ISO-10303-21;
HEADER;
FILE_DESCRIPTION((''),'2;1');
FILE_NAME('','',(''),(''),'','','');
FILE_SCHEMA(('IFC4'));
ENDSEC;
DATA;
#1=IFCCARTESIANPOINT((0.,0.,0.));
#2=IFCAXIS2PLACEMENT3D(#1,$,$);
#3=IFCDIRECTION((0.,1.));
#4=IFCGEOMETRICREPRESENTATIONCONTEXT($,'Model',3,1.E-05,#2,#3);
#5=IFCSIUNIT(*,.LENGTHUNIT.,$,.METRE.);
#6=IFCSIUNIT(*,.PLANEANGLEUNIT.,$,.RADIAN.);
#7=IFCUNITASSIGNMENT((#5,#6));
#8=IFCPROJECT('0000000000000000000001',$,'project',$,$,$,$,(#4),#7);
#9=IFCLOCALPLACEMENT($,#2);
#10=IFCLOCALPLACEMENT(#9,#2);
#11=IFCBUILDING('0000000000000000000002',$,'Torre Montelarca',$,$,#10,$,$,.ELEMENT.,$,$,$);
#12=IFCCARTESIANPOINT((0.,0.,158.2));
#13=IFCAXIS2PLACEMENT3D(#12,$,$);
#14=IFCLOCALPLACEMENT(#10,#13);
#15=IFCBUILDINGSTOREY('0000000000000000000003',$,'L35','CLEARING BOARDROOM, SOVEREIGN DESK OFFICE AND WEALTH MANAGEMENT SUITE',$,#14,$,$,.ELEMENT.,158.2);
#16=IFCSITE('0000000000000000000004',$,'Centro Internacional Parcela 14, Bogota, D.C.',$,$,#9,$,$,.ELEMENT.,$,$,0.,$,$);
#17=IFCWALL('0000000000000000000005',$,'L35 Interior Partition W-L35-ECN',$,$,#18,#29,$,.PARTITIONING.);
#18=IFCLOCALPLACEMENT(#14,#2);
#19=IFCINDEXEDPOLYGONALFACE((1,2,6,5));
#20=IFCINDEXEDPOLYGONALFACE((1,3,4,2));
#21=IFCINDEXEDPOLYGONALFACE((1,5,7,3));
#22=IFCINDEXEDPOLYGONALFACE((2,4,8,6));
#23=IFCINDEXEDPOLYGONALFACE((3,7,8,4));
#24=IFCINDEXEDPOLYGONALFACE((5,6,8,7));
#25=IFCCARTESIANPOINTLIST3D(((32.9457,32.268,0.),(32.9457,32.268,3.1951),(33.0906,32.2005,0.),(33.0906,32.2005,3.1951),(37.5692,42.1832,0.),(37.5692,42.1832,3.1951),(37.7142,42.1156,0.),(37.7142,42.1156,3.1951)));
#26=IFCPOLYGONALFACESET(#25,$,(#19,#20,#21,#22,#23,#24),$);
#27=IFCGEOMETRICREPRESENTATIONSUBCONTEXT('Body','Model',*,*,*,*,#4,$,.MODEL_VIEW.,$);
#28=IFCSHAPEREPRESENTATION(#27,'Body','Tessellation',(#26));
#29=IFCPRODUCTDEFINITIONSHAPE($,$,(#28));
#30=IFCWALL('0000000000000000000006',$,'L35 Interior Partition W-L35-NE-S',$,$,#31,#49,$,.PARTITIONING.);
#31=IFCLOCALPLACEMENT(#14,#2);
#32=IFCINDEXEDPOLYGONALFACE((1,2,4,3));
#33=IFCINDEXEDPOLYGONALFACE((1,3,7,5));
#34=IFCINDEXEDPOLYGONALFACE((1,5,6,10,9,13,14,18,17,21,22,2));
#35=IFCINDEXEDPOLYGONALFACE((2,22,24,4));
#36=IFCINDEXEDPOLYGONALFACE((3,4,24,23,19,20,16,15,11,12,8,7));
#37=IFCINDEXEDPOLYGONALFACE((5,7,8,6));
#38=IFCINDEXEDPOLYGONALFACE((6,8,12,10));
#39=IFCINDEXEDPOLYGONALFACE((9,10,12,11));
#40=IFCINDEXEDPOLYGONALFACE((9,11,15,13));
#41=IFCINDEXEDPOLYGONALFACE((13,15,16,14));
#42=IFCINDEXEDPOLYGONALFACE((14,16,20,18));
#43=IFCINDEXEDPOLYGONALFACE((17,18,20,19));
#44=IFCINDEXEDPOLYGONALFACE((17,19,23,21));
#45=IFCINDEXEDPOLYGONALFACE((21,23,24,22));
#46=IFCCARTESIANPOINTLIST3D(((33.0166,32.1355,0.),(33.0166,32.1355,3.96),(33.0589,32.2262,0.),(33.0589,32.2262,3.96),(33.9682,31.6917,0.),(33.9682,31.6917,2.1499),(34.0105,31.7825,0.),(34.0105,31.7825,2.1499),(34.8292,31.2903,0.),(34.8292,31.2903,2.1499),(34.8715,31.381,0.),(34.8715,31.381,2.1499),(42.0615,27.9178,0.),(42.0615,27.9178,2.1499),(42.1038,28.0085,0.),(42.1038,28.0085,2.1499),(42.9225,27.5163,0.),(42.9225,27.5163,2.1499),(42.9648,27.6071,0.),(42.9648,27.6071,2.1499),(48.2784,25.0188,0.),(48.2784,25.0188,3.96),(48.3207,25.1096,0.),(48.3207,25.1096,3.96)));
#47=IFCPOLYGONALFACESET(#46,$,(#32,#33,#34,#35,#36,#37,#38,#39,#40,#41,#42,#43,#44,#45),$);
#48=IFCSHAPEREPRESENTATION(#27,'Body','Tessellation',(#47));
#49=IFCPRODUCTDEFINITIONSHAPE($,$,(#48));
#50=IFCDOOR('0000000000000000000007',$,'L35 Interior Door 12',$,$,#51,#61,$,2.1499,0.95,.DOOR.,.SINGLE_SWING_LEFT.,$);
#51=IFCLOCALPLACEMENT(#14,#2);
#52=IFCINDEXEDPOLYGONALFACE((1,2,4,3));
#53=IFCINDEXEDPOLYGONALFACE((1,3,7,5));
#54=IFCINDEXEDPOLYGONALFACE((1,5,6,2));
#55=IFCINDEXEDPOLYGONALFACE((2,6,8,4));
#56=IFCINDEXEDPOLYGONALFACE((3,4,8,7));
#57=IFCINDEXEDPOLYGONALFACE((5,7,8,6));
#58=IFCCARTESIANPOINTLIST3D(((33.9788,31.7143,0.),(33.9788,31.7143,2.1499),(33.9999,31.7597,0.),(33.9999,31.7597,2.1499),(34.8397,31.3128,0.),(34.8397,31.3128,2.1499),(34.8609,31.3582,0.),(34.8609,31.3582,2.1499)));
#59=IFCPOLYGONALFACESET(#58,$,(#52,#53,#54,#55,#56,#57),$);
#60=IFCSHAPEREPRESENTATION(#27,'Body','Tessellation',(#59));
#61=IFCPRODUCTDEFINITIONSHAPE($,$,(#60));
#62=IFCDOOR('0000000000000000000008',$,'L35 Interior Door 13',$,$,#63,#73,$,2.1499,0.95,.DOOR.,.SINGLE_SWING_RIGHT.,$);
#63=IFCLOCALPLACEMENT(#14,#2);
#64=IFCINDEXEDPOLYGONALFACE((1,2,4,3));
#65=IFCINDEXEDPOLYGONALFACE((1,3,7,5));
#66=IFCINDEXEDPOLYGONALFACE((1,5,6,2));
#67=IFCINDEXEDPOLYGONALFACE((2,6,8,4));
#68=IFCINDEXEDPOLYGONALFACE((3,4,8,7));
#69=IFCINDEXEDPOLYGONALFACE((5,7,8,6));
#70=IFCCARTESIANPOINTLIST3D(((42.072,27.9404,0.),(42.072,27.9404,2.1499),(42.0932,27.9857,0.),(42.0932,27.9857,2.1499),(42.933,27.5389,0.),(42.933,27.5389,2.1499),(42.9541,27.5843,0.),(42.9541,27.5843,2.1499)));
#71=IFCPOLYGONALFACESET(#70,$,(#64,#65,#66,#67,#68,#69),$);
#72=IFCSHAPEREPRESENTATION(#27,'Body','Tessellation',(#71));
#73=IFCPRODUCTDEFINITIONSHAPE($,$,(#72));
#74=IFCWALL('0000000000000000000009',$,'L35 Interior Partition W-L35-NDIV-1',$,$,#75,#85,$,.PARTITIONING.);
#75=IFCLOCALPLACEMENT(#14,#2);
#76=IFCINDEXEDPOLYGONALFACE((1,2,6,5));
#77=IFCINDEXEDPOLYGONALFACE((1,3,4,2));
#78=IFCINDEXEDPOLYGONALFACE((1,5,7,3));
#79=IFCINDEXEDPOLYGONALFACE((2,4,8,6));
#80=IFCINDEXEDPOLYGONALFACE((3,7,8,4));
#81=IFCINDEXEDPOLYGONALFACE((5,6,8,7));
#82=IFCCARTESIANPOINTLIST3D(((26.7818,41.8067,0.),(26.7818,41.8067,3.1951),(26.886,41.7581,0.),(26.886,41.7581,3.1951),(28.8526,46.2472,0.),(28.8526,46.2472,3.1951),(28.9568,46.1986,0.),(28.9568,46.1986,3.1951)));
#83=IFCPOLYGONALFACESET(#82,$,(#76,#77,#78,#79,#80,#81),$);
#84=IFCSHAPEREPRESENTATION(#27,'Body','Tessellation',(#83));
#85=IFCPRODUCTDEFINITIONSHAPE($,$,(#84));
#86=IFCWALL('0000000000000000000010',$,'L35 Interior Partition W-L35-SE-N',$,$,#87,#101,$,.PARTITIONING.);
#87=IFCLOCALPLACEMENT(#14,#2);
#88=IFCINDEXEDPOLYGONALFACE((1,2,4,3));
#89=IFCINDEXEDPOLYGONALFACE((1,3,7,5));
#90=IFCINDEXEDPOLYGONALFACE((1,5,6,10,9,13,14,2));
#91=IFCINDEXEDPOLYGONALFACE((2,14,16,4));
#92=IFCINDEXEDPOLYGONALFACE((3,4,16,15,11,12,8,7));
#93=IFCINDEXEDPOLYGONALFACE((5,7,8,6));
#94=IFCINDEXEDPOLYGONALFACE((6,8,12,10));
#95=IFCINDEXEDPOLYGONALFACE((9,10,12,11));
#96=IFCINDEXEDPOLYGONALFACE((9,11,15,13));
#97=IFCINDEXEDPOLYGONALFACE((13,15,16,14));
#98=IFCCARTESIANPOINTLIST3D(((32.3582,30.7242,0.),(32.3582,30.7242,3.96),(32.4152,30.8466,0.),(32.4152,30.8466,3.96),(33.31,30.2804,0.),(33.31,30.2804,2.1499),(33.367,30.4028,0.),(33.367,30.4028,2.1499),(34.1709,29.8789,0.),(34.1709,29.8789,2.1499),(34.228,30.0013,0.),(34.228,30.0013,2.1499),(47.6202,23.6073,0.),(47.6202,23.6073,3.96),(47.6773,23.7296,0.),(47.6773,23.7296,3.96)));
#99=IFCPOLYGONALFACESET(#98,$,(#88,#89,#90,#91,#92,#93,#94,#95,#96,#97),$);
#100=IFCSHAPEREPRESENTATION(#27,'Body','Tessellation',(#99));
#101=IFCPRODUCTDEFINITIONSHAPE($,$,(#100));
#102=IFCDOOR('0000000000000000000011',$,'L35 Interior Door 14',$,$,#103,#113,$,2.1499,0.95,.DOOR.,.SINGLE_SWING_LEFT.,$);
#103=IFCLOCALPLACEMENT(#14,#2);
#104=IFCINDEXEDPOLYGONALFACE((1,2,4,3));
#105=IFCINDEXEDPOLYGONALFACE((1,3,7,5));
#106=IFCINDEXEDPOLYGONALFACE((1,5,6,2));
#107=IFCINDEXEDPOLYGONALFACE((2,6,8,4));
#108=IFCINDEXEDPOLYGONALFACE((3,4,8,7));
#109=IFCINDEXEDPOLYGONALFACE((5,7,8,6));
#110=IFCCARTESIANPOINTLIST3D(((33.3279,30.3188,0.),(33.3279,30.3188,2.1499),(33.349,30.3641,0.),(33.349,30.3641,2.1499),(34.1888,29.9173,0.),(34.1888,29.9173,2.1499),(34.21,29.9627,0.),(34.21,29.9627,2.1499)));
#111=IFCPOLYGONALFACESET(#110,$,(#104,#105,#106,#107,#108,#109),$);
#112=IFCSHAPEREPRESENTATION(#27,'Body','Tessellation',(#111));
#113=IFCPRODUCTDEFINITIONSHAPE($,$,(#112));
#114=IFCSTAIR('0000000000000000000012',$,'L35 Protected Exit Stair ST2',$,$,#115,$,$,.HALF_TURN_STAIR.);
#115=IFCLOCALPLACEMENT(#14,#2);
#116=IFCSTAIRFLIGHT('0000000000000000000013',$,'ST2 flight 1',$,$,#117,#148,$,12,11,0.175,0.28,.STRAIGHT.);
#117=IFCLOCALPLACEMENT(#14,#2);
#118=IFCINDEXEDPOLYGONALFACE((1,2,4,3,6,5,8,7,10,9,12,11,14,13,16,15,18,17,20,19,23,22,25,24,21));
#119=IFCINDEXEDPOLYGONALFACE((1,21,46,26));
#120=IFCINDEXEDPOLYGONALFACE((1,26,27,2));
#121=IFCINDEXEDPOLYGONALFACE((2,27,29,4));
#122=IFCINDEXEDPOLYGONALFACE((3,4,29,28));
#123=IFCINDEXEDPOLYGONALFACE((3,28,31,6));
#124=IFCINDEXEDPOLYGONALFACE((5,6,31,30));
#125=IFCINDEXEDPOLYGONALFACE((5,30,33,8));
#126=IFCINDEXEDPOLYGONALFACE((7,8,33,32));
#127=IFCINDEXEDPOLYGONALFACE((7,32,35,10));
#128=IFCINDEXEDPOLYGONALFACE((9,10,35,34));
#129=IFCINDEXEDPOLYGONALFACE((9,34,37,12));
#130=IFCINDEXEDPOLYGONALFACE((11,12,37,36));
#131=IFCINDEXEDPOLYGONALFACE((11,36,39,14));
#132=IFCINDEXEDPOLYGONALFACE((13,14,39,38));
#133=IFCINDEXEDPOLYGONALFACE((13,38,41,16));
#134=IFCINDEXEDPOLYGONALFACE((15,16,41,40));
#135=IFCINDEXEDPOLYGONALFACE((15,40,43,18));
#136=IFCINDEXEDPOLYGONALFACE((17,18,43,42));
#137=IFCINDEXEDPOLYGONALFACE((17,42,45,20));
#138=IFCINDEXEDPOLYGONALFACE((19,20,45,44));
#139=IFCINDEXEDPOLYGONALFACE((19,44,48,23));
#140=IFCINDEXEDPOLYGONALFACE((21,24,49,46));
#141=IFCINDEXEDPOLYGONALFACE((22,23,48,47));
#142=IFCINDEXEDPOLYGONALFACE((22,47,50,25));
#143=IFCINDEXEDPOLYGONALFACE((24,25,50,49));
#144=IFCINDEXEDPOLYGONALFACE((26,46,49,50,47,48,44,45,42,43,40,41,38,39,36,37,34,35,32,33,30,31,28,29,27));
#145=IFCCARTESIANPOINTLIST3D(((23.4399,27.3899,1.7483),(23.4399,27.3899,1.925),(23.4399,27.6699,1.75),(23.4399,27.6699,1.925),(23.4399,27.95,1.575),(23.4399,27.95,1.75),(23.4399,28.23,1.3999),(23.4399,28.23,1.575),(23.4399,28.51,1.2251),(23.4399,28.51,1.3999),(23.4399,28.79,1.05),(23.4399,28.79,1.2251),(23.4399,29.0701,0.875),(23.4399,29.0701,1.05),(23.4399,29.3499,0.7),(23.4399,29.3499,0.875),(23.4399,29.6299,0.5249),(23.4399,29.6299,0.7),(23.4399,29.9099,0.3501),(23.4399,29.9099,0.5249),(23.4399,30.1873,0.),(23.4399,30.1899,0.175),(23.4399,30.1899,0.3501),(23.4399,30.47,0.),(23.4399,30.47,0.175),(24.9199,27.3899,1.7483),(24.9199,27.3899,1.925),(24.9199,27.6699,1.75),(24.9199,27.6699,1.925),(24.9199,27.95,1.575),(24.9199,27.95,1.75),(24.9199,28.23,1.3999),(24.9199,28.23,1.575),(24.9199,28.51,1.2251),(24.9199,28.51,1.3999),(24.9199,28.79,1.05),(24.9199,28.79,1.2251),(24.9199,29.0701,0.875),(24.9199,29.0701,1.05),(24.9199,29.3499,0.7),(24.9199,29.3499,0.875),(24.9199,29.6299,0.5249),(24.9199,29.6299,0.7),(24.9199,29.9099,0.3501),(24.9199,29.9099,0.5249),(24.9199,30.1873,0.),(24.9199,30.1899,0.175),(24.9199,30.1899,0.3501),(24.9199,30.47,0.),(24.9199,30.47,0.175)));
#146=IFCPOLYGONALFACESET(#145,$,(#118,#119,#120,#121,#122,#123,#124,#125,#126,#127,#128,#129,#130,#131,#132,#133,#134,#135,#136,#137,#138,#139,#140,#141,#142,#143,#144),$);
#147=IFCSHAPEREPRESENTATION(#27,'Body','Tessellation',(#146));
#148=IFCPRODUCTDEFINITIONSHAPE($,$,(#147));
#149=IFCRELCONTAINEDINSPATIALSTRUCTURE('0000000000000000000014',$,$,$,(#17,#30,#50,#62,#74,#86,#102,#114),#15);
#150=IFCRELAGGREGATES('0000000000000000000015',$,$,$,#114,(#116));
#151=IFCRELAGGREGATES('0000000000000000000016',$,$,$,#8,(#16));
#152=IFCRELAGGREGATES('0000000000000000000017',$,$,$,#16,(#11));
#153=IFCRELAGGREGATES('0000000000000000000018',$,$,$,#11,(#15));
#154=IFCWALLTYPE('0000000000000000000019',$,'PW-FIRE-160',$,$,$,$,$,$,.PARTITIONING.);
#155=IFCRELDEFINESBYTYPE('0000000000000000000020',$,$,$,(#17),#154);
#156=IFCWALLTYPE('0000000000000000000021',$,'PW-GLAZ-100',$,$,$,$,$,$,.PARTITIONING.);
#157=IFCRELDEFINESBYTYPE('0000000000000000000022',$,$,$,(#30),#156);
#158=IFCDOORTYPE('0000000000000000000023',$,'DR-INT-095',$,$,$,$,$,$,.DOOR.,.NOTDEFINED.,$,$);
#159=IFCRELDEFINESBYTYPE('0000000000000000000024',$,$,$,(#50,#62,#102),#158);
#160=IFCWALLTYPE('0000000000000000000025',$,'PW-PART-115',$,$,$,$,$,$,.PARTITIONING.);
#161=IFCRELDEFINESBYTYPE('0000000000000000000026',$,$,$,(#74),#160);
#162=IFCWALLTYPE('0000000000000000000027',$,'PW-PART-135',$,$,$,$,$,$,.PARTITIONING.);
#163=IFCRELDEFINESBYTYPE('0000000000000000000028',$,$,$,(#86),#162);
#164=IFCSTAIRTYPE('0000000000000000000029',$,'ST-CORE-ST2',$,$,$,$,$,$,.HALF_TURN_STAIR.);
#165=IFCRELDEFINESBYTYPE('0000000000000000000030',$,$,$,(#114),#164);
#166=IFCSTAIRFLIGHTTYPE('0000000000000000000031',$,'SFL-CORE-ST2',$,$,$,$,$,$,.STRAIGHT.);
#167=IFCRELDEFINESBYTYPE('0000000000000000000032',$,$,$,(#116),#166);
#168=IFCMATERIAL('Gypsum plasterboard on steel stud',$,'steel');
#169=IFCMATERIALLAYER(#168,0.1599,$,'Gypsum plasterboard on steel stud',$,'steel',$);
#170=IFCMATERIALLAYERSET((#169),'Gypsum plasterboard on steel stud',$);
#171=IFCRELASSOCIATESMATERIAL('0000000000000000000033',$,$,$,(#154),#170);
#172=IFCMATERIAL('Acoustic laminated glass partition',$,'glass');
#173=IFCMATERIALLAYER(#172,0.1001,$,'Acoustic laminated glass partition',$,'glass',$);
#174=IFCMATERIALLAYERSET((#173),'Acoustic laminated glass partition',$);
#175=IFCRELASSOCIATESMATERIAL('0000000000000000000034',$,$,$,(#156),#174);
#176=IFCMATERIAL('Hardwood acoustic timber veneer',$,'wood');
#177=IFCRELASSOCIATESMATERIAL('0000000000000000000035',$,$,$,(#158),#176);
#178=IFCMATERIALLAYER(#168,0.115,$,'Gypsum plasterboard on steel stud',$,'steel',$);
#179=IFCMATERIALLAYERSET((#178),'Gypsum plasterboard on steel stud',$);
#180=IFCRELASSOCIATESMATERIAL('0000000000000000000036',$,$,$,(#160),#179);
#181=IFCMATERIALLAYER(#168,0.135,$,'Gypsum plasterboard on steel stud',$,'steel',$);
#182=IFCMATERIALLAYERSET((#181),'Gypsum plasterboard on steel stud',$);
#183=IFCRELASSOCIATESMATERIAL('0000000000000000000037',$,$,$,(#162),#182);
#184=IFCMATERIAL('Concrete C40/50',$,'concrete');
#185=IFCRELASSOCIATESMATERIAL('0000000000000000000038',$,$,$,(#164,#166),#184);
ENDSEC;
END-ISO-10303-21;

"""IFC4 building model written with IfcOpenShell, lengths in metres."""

from ifc_helpers import new_model, si_unit, direction, frame, frame_2d, origin, place, context, subcontext, project, spatial, polyline, rectangle, outline, extrude, source, transform, mapped, material, layer, layer_set, type_object, element, fill, aggregate, save


model = new_model("IFC4")

# Units and contexts
model_context = context("Model", 3, precision=1e-05, world=origin(), true_north=direction((0.0, 1.0)))
body_context = subcontext(model_context, "Body", "Model", "MODEL_VIEW")
ifc_project = project(units=[si_unit("LENGTHUNIT", "METRE"), si_unit("PLANEANGLEUNIT", "RADIAN")], contexts=[model_context])

# Site, building, storey
site_placement = place(None, origin())
site = spatial("IfcSite", under=ifc_project, at=site_placement, Name="Centro Internacional Parcela 14, Bogota, D.C.", CompositionType="ELEMENT", RefElevation=0.0)
building_placement = place(site_placement, origin())
building = spatial("IfcBuilding", under=site, at=building_placement, Name="Torre Montelarca", CompositionType="ELEMENT")
storey_placement = place(building_placement, frame((0.0, 0.0, 158.2)))
storey = spatial("IfcBuildingStorey", under=building, at=storey_placement, Name="L35", Description="CLEARING BOARDROOM, SOVEREIGN DESK OFFICE AND WEALTH MANAGEMENT SUITE", CompositionType="ELEMENT", Elevation=158.2)

# Wall
ifc_material_1 = material(Name="Concrete C40/50", Category="concrete")
ifc_material_2 = material(Name="Gypsum plasterboard on steel stud", Category="steel")
ifc_layer_1 = layer(ifc_material_2, 0.1599, Name="Gypsum plasterboard on steel stud", Category="steel")
ifc_layer_set_1 = layer_set([ifc_layer_1], Name="Gypsum plasterboard on steel stud")
wall_type_1 = type_object("IfcWallType", Name="PW-FIRE-160", PredefinedType="PARTITIONING", material=ifc_layer_set_1)
wall_1_placement = place(storey_placement, frame((33.0181, 32.2341, 0.0), z_axis=(0.0, 0.0, 1.0), x_axis=(0.422624, 0.906305, 0.0)))
element("IfcWall", 1, at=wall_1_placement, inside=storey, type_object=wall_type_1, Name="L35 Interior Partition W-L35-ECN", PredefinedType="PARTITIONING", context=body_context, shape_type="SweptSolid", body=[
    extrude(rectangle(XDim=10.9402, YDim=0.1599, at=frame_2d((5.4702, 0.0))), origin(), (0.0, 0.0, 1.0), 3.1951),
])

# Wall, openings, doors
ifc_material_3 = material(Name="Acoustic laminated glass partition", Category="glass")
ifc_layer_2 = layer(ifc_material_3, 0.1001, Name="Acoustic laminated glass partition", Category="glass")
ifc_layer_set_2 = layer_set([ifc_layer_2], Name="Acoustic laminated glass partition")
wall_type_2 = type_object("IfcWallType", Name="PW-GLAZ-100", PredefinedType="PARTITIONING", material=ifc_layer_set_2)
wall_2_placement = place(storey_placement, frame((33.0376, 32.1809, 0.0), z_axis=(0.0, 0.0, 1.0), x_axis=(0.906309, -0.422615, 0.0)))
wall_2 = element("IfcWall", 2, at=wall_2_placement, inside=storey, type_object=wall_type_2, Name="L35 Interior Partition W-L35-NE-S", PredefinedType="PARTITIONING", context=body_context, shape_type="SweptSolid", body=[
    extrude(rectangle(XDim=16.8396, YDim=0.1001, at=frame_2d((8.4199, 0.0))), origin(), (0.0, 0.0, 1.0), 3.96),
])
opening_1_placement = place(wall_2_placement, frame((1.05, 0.0, 0.0)))
opening_1 = element("IfcOpeningElement", 3, at=opening_1_placement, cuts=wall_2, PredefinedType="OPENING", context=body_context, shape_type="SweptSolid", body=[
    extrude(rectangle(XDim=0.95, YDim=2.1499, at=frame_2d((0.4751, 1.075))), frame((0.0, 0.0601, 0.0), z_axis=(0.0, -1.0, 0.0), x_axis=(1.0, 0.0, 0.0)), (0.0, 0.0, 1.0), 0.1201),
])
opening_2_placement = place(wall_2_placement, frame((9.98, 0.0, 0.0)))
opening_2 = element("IfcOpeningElement", 4, at=opening_2_placement, cuts=wall_2, PredefinedType="OPENING", context=body_context, shape_type="SweptSolid", body=[
    extrude(rectangle(XDim=0.95, YDim=2.1499, at=frame_2d((0.4751, 1.075))), frame((0.0, 0.0601, 0.0), z_axis=(0.0, -1.0, 0.0), x_axis=(1.0, 0.0, 0.0)), (0.0, 0.0, 1.0), 0.1201),
])
ifc_material_4 = material(Name="Hardwood acoustic timber veneer", Category="wood")
door_type = type_object("IfcDoorType", Name="DR-INT-095", OperationType="NOTDEFINED", PredefinedType="DOOR", material=ifc_material_4)
shared_shape_1 = source(origin(), body_context, "Body", "SweptSolid", [
    extrude(rectangle(XDim=0.95, YDim=2.1499, at=frame_2d((0.4751, 1.075))), frame((0.0, 0.0249, 0.0), z_axis=(0.0, -1.0, 0.0), x_axis=(1.0, 0.0, 0.0)), (0.0, 0.0, 1.0), 0.05),
])
door_1_placement = place(opening_1_placement, origin())
door_1 = element("IfcDoor", 5, at=door_1_placement, inside=storey, type_object=door_type, Name="L35 Interior Door 12", OperationType="SINGLE_SWING_LEFT", OverallHeight=2.1499, OverallWidth=0.95, PredefinedType="DOOR", context=body_context, shape_type="MappedRepresentation", body=[
    mapped(shared_shape_1, transform((0.0, 0.0, 0.0), scale=1.0)),
])
fill(opening_1, door_1)
door_2_placement = place(opening_2_placement, origin())
door_2 = element("IfcDoor", 6, at=door_2_placement, inside=storey, type_object=door_type, Name="L35 Interior Door 13", OperationType="SINGLE_SWING_RIGHT", OverallHeight=2.1499, OverallWidth=0.95, PredefinedType="DOOR", context=body_context, shape_type="MappedRepresentation", body=[
    mapped(shared_shape_1, transform((0.0, 0.0, 0.0), scale=1.0)),
])
fill(opening_2, door_2)

# Wall
ifc_layer_3 = layer(ifc_material_2, 0.115, Name="Gypsum plasterboard on steel stud", Category="steel")
ifc_layer_set_3 = layer_set([ifc_layer_3], Name="Gypsum plasterboard on steel stud")
wall_type_3 = type_object("IfcWallType", Name="PW-PART-115", PredefinedType="PARTITIONING", material=ifc_layer_set_3)
wall_3_placement = place(storey_placement, frame((26.834, 41.7825, 0.0), z_axis=(0.0, 0.0, 1.0), x_axis=(0.422632, 0.906301, 0.0)))
element("IfcWall", 7, at=wall_3_placement, inside=storey, type_object=wall_type_3, Name="L35 Interior Partition W-L35-NDIV-1", PredefinedType="PARTITIONING", context=body_context, shape_type="SweptSolid", body=[
    extrude(rectangle(XDim=4.8997, YDim=0.115, at=frame_2d((2.4497, 0.0))), origin(), (0.0, 0.0, 1.0), 3.1951),
])

# Wall, opening, door
ifc_layer_4 = layer(ifc_material_2, 0.135, Name="Gypsum plasterboard on steel stud", Category="steel")
ifc_layer_set_4 = layer_set([ifc_layer_4], Name="Gypsum plasterboard on steel stud")
wall_type_4 = type_object("IfcWallType", Name="PW-PART-135", PredefinedType="PARTITIONING", material=ifc_layer_set_4)
wall_4_placement = place(storey_placement, frame((32.3867, 30.7854, 0.0), z_axis=(0.0, 0.0, 1.0), x_axis=(0.906304, -0.422627, 0.0)))
wall_4 = element("IfcWall", 8, at=wall_4_placement, inside=storey, type_object=wall_type_4, Name="L35 Interior Partition W-L35-SE-N", PredefinedType="PARTITIONING", context=body_context, shape_type="SweptSolid", body=[
    extrude(rectangle(XDim=16.8398, YDim=0.135, at=frame_2d((8.4199, 0.0))), origin(), (0.0, 0.0, 1.0), 3.96),
])
opening_3_placement = place(wall_4_placement, frame((1.05, 0.0, 0.0)))
opening_3 = element("IfcOpeningElement", 9, at=opening_3_placement, cuts=wall_4, PredefinedType="OPENING", context=body_context, shape_type="SweptSolid", body=[
    extrude(rectangle(XDim=0.95, YDim=2.1499, at=frame_2d((0.4751, 1.075))), frame((0.0, 0.0776, 0.0), z_axis=(0.0, -1.0, 0.0), x_axis=(1.0, 0.0, 0.0)), (0.0, 0.0, 1.0), 0.155),
])
door_3_placement = place(opening_3_placement, origin())
door_3 = element("IfcDoor", 10, at=door_3_placement, inside=storey, type_object=door_type, Name="L35 Interior Door 14", OperationType="SINGLE_SWING_LEFT", OverallHeight=2.1499, OverallWidth=0.95, PredefinedType="DOOR", context=body_context, shape_type="MappedRepresentation", body=[
    mapped(shared_shape_1, transform((0.0, 0.0, 0.0), scale=1.0)),
])
fill(opening_3, door_3)

# Stair, stair flight
stair_type = type_object("IfcStairType", Name="ST-CORE-ST2", PredefinedType="HALF_TURN_STAIR", material=ifc_material_1)
stair_placement = place(storey_placement, origin())
stair = element("IfcStair", 11, at=stair_placement, inside=storey, type_object=stair_type, Name="L35 Protected Exit Stair ST2", PredefinedType="HALF_TURN_STAIR")
stair_flight_type = type_object("IfcStairFlightType", Name="SFL-CORE-ST2", PredefinedType="STRAIGHT", material=ifc_material_1)
stair_flight_placement = place(storey_placement, frame((24.1799, 30.47, 0.0), z_axis=(0.0, 0.0, 1.0), x_axis=(0.0, -1.0, 0.0)))
stair_flight = element("IfcStairFlight", 12, at=stair_flight_placement, type_object=stair_flight_type, Name="ST2 flight 1", NumberOfRisers=12, NumberOfTreads=11, PredefinedType="STRAIGHT", RiserHeight=0.175, TreadLength=0.28, context=body_context, shape_type="SweptSolid", body=[
    extrude(outline(polyline([(0.0, 0.0), (0.0, 0.175), (0.28, 0.175), (0.28, 0.3501), (0.5601, 0.3501), (0.5601, 0.5249), (0.8401, 0.5249), (0.8401, 0.7), (1.1201, 0.7), (1.1201, 0.875), (1.3999, 0.875), (1.3999, 1.05), (1.6799, 1.05), (1.6799, 1.2251), (1.96, 1.2251), (1.96, 1.3999), (2.24, 1.3999), (2.24, 1.575), (2.52, 1.575), (2.52, 1.75), (2.8, 1.75), (2.8, 1.925), (3.0801, 1.925), (3.0801, 2.1001), (3.0801, 1.7483), (0.2827, 0.0), (0.0, 0.0)])), frame((0.0, 0.74, 0.0), z_axis=(0.0, -1.0, 0.0), x_axis=(1.0, 0.0, 0.0)), (0.0, 0.0, 1.0), 1.48),
])
aggregate(stair, [stair_flight])

save(model, "model.ifc")
